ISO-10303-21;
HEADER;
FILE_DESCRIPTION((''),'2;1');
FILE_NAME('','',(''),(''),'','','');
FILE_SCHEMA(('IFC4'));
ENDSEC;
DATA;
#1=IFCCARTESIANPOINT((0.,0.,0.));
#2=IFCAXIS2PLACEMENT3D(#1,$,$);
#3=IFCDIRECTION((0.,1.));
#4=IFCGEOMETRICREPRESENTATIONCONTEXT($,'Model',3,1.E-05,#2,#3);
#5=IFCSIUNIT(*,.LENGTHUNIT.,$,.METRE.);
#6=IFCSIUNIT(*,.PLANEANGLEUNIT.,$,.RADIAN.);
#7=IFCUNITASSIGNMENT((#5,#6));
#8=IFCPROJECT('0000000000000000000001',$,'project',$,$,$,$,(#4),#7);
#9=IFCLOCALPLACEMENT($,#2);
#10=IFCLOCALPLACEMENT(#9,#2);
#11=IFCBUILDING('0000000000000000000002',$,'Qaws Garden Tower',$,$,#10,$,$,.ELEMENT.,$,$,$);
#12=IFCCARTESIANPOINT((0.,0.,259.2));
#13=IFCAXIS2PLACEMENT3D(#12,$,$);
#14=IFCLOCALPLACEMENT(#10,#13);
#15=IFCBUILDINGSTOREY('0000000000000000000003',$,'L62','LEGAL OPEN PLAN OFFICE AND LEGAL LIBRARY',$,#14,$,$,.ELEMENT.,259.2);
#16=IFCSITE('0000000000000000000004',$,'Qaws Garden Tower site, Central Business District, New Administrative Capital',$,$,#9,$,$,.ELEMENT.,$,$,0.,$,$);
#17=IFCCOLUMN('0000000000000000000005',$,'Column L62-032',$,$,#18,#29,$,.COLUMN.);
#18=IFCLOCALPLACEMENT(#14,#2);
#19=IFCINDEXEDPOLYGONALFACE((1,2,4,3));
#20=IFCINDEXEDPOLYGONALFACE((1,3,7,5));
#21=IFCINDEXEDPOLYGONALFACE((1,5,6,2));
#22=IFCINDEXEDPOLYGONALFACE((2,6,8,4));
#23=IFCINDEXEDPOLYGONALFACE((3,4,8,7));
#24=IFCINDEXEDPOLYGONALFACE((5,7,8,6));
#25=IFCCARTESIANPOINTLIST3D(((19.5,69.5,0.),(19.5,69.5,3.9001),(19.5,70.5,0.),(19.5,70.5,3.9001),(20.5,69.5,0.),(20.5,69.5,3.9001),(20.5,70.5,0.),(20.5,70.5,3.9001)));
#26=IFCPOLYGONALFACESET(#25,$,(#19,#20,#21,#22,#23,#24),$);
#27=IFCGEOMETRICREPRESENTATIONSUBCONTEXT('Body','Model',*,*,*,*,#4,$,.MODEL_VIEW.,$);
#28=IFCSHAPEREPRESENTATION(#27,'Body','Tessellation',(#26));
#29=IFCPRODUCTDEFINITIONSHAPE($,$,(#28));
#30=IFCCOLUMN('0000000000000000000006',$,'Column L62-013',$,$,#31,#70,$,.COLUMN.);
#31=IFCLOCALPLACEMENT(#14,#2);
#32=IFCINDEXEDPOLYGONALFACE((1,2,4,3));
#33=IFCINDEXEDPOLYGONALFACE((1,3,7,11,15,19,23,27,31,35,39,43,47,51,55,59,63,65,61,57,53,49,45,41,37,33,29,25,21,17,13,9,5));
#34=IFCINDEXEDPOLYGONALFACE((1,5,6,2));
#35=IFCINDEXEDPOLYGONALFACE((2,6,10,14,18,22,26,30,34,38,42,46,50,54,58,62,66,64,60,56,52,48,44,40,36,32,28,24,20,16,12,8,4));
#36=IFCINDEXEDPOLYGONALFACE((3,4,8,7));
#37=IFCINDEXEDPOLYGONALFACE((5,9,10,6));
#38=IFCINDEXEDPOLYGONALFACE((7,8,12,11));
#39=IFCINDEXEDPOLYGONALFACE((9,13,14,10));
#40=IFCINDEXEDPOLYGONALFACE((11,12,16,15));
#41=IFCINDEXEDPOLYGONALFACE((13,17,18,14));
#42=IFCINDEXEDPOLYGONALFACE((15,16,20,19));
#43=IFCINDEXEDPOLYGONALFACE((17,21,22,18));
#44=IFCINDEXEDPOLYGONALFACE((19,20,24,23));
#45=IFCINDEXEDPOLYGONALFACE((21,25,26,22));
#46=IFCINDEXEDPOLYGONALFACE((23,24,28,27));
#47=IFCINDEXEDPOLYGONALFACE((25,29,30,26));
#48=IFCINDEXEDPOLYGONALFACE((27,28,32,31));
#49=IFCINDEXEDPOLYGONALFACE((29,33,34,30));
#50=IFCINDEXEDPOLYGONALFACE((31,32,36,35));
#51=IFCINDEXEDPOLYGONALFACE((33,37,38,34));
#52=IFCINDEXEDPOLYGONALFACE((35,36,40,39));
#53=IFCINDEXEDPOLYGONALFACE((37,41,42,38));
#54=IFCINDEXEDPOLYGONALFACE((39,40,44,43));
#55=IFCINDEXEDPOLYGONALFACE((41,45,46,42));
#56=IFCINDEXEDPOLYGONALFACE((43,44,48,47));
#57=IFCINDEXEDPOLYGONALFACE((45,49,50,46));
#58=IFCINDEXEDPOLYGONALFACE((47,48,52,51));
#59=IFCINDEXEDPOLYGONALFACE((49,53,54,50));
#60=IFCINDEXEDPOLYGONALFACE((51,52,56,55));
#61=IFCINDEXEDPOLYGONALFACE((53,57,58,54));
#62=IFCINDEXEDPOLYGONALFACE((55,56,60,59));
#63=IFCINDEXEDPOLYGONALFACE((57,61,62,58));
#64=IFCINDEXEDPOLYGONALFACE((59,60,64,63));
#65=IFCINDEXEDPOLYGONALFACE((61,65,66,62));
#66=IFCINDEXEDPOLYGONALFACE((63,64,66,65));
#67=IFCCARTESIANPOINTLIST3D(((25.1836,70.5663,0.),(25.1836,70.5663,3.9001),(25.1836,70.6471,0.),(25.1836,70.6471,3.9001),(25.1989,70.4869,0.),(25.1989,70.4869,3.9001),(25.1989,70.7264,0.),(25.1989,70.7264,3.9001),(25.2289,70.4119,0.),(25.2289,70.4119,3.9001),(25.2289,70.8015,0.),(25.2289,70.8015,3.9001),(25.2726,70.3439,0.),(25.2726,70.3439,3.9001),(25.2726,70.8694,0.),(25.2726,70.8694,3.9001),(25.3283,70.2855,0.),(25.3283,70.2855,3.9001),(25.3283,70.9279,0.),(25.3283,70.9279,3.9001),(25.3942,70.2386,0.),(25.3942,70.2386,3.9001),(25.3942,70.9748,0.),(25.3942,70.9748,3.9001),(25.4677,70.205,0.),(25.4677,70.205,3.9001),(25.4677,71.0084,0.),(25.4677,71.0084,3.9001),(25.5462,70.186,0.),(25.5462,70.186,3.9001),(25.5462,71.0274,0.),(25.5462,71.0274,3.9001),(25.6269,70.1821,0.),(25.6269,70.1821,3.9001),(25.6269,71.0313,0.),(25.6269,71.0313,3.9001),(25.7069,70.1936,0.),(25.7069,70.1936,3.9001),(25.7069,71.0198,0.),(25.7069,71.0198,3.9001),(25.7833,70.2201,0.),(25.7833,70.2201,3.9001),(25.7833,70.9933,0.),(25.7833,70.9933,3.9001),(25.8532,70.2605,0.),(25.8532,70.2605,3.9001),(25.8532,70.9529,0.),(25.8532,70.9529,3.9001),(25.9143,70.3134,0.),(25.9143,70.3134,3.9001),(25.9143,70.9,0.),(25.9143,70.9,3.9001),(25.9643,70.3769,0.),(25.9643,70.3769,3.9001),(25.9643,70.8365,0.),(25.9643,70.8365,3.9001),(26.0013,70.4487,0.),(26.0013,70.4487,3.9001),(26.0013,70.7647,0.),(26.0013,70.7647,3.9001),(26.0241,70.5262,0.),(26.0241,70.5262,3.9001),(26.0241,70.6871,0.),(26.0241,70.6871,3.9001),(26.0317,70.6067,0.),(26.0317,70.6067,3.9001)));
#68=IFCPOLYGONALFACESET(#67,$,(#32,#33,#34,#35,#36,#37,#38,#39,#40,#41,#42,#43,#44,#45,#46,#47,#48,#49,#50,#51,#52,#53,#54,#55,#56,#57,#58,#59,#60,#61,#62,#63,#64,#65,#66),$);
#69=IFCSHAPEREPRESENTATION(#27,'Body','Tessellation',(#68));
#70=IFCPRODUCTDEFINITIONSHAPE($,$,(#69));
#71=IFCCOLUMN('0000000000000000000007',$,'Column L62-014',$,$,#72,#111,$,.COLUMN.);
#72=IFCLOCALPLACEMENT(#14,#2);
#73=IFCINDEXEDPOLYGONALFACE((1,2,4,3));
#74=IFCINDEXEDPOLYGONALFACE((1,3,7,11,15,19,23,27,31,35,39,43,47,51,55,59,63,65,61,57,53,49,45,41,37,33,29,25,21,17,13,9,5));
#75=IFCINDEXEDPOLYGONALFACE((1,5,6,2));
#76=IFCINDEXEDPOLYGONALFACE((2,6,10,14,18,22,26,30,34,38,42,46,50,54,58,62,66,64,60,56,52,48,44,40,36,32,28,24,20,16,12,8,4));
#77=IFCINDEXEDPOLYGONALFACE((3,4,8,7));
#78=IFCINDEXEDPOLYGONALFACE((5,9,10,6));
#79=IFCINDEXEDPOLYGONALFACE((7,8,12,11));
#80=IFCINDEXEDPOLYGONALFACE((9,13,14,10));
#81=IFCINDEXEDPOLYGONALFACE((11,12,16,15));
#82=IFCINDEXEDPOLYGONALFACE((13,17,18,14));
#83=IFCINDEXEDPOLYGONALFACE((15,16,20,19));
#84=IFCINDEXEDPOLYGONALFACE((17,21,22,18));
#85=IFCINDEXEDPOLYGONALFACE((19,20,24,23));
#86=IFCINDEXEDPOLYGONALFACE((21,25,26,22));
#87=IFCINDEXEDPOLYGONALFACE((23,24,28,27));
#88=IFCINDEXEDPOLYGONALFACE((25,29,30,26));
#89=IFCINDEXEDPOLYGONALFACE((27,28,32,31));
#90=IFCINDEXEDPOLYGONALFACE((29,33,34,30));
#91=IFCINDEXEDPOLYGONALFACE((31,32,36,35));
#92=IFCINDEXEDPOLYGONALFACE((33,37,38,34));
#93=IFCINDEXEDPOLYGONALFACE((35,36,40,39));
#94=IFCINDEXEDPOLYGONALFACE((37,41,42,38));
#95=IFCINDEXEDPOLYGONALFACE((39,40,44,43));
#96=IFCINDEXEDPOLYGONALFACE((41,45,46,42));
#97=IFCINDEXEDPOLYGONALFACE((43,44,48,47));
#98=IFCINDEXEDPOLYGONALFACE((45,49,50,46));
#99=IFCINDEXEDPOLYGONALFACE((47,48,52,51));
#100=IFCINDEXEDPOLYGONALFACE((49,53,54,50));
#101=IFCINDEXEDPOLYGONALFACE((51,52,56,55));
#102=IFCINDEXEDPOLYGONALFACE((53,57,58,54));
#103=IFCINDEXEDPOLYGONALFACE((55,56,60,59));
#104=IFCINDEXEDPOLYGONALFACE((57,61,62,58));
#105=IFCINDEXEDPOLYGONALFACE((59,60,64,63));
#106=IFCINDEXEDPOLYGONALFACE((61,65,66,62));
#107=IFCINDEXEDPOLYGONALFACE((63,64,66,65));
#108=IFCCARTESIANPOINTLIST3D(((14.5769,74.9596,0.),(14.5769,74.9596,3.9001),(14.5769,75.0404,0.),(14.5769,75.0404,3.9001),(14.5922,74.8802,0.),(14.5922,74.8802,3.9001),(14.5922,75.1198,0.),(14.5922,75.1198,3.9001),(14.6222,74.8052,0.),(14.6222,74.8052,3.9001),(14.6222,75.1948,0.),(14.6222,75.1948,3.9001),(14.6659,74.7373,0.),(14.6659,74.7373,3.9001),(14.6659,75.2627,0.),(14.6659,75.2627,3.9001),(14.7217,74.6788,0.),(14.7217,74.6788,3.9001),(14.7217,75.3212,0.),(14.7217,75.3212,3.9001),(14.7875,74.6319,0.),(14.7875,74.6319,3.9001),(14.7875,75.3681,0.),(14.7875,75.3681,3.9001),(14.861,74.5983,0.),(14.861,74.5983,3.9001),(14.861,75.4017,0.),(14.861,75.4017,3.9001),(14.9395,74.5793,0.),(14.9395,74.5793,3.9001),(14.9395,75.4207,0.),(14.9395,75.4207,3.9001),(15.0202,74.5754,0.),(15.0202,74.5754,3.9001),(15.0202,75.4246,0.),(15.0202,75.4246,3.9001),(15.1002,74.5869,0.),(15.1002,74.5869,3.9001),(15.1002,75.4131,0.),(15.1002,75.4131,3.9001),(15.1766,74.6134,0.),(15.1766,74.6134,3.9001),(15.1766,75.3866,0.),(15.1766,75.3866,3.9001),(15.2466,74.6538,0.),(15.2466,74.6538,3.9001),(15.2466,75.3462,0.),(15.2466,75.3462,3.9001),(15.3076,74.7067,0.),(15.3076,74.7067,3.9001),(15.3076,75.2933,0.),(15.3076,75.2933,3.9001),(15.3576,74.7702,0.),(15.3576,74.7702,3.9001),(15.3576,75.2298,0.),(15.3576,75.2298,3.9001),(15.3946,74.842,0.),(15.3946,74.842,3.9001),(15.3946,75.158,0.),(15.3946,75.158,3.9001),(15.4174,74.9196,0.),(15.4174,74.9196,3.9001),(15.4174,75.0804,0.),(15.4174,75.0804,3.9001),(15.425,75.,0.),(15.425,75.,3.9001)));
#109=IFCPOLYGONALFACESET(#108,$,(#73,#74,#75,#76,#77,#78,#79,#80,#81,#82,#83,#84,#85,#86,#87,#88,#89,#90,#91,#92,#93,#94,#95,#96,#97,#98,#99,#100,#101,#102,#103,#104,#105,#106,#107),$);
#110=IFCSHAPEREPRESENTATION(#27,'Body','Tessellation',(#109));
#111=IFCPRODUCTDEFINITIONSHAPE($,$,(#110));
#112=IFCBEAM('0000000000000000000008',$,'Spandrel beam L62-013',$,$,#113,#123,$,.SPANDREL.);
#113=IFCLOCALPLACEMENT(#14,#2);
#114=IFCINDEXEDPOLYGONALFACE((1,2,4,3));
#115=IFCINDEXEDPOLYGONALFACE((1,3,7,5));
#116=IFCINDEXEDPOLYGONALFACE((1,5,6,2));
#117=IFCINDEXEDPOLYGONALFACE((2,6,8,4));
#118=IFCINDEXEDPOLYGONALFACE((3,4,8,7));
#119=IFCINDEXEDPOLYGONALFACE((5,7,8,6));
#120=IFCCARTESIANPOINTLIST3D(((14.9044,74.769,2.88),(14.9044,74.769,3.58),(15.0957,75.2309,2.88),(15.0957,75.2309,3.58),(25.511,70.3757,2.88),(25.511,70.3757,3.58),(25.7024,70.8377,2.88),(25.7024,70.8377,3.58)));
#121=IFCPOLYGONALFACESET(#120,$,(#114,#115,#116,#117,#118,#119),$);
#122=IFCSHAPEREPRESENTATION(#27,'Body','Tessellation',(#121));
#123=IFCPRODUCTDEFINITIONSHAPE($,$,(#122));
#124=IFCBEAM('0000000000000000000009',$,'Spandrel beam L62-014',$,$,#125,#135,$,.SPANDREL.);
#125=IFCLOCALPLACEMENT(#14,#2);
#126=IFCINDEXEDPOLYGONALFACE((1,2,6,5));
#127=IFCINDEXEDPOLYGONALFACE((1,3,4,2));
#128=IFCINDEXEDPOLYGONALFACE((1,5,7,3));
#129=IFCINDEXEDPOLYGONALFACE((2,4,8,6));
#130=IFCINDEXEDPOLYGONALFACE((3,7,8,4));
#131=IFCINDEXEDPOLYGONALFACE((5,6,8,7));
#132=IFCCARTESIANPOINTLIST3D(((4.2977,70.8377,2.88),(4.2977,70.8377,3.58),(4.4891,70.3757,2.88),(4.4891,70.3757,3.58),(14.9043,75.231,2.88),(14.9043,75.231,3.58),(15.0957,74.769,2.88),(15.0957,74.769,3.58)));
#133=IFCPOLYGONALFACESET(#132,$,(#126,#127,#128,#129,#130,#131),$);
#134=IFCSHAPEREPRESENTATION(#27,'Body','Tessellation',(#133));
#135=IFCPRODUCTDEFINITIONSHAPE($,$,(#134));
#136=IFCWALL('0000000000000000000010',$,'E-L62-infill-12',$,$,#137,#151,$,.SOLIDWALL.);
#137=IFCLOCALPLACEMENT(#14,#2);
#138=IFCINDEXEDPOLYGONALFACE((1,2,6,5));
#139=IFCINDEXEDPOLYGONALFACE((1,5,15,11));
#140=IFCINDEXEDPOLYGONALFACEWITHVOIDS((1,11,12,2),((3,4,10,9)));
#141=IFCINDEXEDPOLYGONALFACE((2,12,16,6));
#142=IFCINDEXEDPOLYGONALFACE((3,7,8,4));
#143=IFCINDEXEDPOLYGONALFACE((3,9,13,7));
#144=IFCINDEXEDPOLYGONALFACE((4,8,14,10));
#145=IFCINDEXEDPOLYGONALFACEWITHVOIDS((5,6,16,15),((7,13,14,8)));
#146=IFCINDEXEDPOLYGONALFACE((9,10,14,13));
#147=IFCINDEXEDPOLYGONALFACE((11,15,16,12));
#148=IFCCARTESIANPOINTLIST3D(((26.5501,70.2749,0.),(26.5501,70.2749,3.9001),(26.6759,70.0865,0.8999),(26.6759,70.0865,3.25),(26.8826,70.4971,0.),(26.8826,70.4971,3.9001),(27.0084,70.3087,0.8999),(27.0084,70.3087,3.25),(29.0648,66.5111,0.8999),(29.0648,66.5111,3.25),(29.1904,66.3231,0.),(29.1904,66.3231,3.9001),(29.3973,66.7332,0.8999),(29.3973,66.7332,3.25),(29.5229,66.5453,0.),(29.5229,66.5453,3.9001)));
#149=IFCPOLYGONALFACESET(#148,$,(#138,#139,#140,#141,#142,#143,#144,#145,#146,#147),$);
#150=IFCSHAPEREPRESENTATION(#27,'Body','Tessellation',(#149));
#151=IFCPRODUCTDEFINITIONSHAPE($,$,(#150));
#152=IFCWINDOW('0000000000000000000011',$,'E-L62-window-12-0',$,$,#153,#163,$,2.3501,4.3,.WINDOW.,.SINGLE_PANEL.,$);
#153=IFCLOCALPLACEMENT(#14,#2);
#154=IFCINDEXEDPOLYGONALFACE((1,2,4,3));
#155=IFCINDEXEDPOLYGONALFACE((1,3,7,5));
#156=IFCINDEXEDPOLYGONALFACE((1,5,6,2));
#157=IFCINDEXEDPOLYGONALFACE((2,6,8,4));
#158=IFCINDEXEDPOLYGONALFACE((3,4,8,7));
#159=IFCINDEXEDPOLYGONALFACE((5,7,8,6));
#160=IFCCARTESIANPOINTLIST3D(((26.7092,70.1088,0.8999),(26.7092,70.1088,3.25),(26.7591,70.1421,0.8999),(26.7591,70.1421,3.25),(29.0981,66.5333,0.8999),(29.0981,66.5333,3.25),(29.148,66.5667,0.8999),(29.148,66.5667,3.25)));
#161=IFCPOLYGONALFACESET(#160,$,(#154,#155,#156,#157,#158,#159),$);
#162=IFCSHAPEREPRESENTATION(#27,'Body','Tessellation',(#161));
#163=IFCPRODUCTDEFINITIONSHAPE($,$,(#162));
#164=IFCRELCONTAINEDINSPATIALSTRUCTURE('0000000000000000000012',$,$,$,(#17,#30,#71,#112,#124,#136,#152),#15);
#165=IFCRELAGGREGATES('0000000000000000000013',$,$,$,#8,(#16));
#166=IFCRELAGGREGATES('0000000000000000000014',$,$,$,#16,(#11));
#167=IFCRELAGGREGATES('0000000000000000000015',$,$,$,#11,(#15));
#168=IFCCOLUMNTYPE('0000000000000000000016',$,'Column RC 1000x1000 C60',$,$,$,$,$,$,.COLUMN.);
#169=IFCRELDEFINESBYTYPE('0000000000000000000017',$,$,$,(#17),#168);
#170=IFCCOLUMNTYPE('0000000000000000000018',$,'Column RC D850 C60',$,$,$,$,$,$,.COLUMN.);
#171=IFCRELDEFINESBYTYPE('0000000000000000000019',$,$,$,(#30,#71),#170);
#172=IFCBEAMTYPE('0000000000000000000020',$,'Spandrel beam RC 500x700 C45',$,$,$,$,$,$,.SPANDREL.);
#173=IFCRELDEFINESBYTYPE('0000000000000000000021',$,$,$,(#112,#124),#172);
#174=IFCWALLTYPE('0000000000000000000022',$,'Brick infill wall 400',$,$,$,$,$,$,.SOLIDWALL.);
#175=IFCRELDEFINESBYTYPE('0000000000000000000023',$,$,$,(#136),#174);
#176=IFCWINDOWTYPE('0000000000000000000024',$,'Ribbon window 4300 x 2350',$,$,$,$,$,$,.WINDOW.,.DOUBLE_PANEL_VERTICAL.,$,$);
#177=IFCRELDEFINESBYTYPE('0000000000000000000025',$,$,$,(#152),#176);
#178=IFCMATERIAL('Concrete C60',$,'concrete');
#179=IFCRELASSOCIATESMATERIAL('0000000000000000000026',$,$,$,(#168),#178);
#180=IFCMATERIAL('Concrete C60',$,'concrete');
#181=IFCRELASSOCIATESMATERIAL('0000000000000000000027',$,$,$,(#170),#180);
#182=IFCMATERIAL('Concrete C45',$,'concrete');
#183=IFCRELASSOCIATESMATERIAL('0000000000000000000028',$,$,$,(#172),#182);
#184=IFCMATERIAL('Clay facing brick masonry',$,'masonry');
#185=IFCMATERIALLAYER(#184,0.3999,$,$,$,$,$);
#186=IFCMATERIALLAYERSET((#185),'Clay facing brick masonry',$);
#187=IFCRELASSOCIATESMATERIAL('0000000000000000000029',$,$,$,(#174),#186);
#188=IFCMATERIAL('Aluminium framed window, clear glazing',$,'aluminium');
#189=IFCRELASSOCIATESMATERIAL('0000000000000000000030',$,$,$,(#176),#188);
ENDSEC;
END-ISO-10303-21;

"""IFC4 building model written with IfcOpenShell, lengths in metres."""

from ifc_helpers import new_model, si_unit, direction, frame, frame_2d, origin, origin_2d, place, context, subcontext, project, spatial, rectangle, circle, extrude, material, layer, layer_set, material_profile, profile_set, type_object, element, fill, save


model = new_model("IFC4")

# Units and contexts
model_context = context("Model", 3, precision=1e-05, world=origin(), true_north=direction((0.0, 1.0)))
body_context = subcontext(model_context, "Body", "Model", "MODEL_VIEW")
ifc_project = project(units=[si_unit("LENGTHUNIT", "METRE"), si_unit("PLANEANGLEUNIT", "RADIAN")], contexts=[model_context])

# Site, building, storey
site_placement = place(None, origin())
site = spatial("IfcSite", under=ifc_project, at=site_placement, Name="Qaws Garden Tower site, Central Business District, New Administrative Capital", CompositionType="ELEMENT", RefElevation=0.0)
building_placement = place(site_placement, origin())
building = spatial("IfcBuilding", under=site, at=building_placement, Name="Qaws Garden Tower", CompositionType="ELEMENT")
storey_placement = place(building_placement, frame((0.0, 0.0, 259.2)))
storey = spatial("IfcBuildingStorey", under=building, at=storey_placement, Name="L62", Description="LEGAL OPEN PLAN OFFICE AND LEGAL LIBRARY", CompositionType="ELEMENT", Elevation=259.2)

# Columns
ifc_material_1 = material(Name="Concrete C60", Category="concrete")
ifc_material_profile_1 = material_profile(ifc_material_1, rectangle(XDim=1.0, YDim=1.0, at=origin_2d()), Name="RC 1000x1000")
ifc_profile_set_1 = profile_set([ifc_material_profile_1], Name="Concrete C60")
column_type_1 = type_object("IfcColumnType", Name="Column RC 1000x1000 C60", PredefinedType="COLUMN", material=ifc_profile_set_1)
column_placement = place(storey_placement, frame((20.0, 70.0, 0.0), z_axis=(0.0, 0.0, 1.0), x_axis=(1.0, 0.0, 0.0)))
element("IfcColumn", 1, at=column_placement, inside=storey, type_object=column_type_1, Name="Column L62-032", PredefinedType="COLUMN", context=body_context, shape_type="SweptSolid", body=[
    extrude(rectangle(XDim=1.0, YDim=1.0, at=origin_2d()), origin(), (0.0, 0.0, 1.0), 3.9001),
])
ifc_material_2 = material(Name="Concrete C60", Category="concrete")
ifc_material_profile_2 = material_profile(ifc_material_2, circle(Radius=0.425, at=origin_2d()), Name="RC D850")
ifc_profile_set_2 = profile_set([ifc_material_profile_2], Name="Concrete C60")
column_type_2 = type_object("IfcColumnType", Name="Column RC D850 C60", PredefinedType="COLUMN", material=ifc_profile_set_2)
for number, where, z_axis, x_axis, name in (
    (2, (25.6067, 70.6067, 0.0), (0.0, 0.0, 1.0), (1.0, 0.0, 0.0), "Column L62-013"),
    (3, (15.0, 75.0, 0.0), (0.0, 0.0, 1.0), (1.0, 0.0, 0.0), "Column L62-014"),
):
    element("IfcColumn", number, at=place(storey_placement, frame(where, z_axis=z_axis, x_axis=x_axis)), inside=storey, type_object=column_type_2, Name=name, PredefinedType="COLUMN", context=body_context, shape_type="SweptSolid", body=[
        extrude(circle(Radius=0.425, at=origin_2d()), origin(), (0.0, 0.0, 1.0), 3.9001),
    ])

# Beams
ifc_material_3 = material(Name="Concrete C45", Category="concrete")
ifc_material_profile_3 = material_profile(ifc_material_3, rectangle(XDim=0.5, YDim=0.7, at=origin_2d()), Name="RC 500x700")
ifc_profile_set_3 = profile_set([ifc_material_profile_3], Name="Concrete C45")
beam_type = type_object("IfcBeamType", Name="Spandrel beam RC 500x700 C45", PredefinedType="SPANDREL", material=ifc_profile_set_3)
for number, where, z_axis, x_axis, name in (
    (4, (25.6067, 70.6067, 3.23), (-0.923883, 0.382674, 0.0), (-0.382674, -0.923883, 0.0), "Spandrel beam L62-013"),
    (5, (15.0, 75.0, 3.23), (-0.923883, -0.382674, 0.0), (0.382674, -0.923883, 0.0), "Spandrel beam L62-014"),
):
    element("IfcBeam", number, at=place(storey_placement, frame(where, z_axis=z_axis, x_axis=x_axis)), inside=storey, type_object=beam_type, Name=name, PredefinedType="SPANDREL", context=body_context, shape_type="SweptSolid", body=[
        extrude(rectangle(XDim=0.5, YDim=0.7, at=origin_2d()), origin(), (0.0, 0.0, 1.0), 11.4805),
    ])

# Wall, opening, window
ifc_material_4 = material(Name="Clay facing brick masonry", Category="masonry")
ifc_layer_1 = layer(ifc_material_4, 0.3999)
ifc_layer_set_1 = layer_set([ifc_layer_1], Name="Clay facing brick masonry")
wall_type_1 = type_object("IfcWallType", Name="Brick infill wall 400", PredefinedType="SOLIDWALL", material=ifc_layer_set_1)
wall_1_placement = place(storey_placement, frame((29.3567, 66.4341, 0.0), z_axis=(0.0, 0.0, 1.0), x_axis=(-0.555542, 0.831489, 0.0)))
wall_1 = element("IfcWall", 6, at=wall_1_placement, inside=storey, type_object=wall_type_1, Name="E-L62-infill-12", PredefinedType="SOLIDWALL", context=body_context, shape_type="SweptSolid", body=[
    extrude(rectangle(XDim=4.7527, YDim=0.3999, at=frame_2d((2.3765, 0.0))), origin(), (0.0, 0.0, 1.0), 3.9001),
])
opening_1_placement = place(wall_1_placement, frame((0.2263, 0.0, 0.8999)))
opening_1 = element("IfcOpeningElement", 7, at=opening_1_placement, cuts=wall_1, PredefinedType="OPENING", context=body_context, shape_type="SweptSolid", body=[
    extrude(rectangle(XDim=4.3, YDim=2.3501, at=frame_2d((2.1499, 1.175))), frame((0.0, 0.21, 0.0), z_axis=(0.0, -1.0, 0.0), x_axis=(1.0, 0.0, 0.0)), (0.0, 0.0, 1.0), 0.4199),
])
ifc_material_5 = material(Name="Aluminium framed window, clear glazing", Category="aluminium")
window_type = type_object("IfcWindowType", Name="Ribbon window 4300 x 2350", PartitioningType="DOUBLE_PANEL_VERTICAL", PredefinedType="WINDOW", material=ifc_material_5)
window_1_placement = place(opening_1_placement, origin())
window_1 = element("IfcWindow", 8, at=window_1_placement, inside=storey, type_object=window_type, Name="E-L62-window-12-0", OverallHeight=2.3501, OverallWidth=4.3, PartitioningType="SINGLE_PANEL", PredefinedType="WINDOW", context=body_context, shape_type="SweptSolid", body=[
    extrude(rectangle(XDim=4.3, YDim=2.3501, at=frame_2d((2.1499, 1.175))), frame((0.0, 0.1599, 0.0), z_axis=(0.0, -1.0, 0.0), x_axis=(1.0, 0.0, 0.0)), (0.0, 0.0, 1.0), 0.0601),
])
fill(opening_1, window_1)

save(model, "model.ifc")
